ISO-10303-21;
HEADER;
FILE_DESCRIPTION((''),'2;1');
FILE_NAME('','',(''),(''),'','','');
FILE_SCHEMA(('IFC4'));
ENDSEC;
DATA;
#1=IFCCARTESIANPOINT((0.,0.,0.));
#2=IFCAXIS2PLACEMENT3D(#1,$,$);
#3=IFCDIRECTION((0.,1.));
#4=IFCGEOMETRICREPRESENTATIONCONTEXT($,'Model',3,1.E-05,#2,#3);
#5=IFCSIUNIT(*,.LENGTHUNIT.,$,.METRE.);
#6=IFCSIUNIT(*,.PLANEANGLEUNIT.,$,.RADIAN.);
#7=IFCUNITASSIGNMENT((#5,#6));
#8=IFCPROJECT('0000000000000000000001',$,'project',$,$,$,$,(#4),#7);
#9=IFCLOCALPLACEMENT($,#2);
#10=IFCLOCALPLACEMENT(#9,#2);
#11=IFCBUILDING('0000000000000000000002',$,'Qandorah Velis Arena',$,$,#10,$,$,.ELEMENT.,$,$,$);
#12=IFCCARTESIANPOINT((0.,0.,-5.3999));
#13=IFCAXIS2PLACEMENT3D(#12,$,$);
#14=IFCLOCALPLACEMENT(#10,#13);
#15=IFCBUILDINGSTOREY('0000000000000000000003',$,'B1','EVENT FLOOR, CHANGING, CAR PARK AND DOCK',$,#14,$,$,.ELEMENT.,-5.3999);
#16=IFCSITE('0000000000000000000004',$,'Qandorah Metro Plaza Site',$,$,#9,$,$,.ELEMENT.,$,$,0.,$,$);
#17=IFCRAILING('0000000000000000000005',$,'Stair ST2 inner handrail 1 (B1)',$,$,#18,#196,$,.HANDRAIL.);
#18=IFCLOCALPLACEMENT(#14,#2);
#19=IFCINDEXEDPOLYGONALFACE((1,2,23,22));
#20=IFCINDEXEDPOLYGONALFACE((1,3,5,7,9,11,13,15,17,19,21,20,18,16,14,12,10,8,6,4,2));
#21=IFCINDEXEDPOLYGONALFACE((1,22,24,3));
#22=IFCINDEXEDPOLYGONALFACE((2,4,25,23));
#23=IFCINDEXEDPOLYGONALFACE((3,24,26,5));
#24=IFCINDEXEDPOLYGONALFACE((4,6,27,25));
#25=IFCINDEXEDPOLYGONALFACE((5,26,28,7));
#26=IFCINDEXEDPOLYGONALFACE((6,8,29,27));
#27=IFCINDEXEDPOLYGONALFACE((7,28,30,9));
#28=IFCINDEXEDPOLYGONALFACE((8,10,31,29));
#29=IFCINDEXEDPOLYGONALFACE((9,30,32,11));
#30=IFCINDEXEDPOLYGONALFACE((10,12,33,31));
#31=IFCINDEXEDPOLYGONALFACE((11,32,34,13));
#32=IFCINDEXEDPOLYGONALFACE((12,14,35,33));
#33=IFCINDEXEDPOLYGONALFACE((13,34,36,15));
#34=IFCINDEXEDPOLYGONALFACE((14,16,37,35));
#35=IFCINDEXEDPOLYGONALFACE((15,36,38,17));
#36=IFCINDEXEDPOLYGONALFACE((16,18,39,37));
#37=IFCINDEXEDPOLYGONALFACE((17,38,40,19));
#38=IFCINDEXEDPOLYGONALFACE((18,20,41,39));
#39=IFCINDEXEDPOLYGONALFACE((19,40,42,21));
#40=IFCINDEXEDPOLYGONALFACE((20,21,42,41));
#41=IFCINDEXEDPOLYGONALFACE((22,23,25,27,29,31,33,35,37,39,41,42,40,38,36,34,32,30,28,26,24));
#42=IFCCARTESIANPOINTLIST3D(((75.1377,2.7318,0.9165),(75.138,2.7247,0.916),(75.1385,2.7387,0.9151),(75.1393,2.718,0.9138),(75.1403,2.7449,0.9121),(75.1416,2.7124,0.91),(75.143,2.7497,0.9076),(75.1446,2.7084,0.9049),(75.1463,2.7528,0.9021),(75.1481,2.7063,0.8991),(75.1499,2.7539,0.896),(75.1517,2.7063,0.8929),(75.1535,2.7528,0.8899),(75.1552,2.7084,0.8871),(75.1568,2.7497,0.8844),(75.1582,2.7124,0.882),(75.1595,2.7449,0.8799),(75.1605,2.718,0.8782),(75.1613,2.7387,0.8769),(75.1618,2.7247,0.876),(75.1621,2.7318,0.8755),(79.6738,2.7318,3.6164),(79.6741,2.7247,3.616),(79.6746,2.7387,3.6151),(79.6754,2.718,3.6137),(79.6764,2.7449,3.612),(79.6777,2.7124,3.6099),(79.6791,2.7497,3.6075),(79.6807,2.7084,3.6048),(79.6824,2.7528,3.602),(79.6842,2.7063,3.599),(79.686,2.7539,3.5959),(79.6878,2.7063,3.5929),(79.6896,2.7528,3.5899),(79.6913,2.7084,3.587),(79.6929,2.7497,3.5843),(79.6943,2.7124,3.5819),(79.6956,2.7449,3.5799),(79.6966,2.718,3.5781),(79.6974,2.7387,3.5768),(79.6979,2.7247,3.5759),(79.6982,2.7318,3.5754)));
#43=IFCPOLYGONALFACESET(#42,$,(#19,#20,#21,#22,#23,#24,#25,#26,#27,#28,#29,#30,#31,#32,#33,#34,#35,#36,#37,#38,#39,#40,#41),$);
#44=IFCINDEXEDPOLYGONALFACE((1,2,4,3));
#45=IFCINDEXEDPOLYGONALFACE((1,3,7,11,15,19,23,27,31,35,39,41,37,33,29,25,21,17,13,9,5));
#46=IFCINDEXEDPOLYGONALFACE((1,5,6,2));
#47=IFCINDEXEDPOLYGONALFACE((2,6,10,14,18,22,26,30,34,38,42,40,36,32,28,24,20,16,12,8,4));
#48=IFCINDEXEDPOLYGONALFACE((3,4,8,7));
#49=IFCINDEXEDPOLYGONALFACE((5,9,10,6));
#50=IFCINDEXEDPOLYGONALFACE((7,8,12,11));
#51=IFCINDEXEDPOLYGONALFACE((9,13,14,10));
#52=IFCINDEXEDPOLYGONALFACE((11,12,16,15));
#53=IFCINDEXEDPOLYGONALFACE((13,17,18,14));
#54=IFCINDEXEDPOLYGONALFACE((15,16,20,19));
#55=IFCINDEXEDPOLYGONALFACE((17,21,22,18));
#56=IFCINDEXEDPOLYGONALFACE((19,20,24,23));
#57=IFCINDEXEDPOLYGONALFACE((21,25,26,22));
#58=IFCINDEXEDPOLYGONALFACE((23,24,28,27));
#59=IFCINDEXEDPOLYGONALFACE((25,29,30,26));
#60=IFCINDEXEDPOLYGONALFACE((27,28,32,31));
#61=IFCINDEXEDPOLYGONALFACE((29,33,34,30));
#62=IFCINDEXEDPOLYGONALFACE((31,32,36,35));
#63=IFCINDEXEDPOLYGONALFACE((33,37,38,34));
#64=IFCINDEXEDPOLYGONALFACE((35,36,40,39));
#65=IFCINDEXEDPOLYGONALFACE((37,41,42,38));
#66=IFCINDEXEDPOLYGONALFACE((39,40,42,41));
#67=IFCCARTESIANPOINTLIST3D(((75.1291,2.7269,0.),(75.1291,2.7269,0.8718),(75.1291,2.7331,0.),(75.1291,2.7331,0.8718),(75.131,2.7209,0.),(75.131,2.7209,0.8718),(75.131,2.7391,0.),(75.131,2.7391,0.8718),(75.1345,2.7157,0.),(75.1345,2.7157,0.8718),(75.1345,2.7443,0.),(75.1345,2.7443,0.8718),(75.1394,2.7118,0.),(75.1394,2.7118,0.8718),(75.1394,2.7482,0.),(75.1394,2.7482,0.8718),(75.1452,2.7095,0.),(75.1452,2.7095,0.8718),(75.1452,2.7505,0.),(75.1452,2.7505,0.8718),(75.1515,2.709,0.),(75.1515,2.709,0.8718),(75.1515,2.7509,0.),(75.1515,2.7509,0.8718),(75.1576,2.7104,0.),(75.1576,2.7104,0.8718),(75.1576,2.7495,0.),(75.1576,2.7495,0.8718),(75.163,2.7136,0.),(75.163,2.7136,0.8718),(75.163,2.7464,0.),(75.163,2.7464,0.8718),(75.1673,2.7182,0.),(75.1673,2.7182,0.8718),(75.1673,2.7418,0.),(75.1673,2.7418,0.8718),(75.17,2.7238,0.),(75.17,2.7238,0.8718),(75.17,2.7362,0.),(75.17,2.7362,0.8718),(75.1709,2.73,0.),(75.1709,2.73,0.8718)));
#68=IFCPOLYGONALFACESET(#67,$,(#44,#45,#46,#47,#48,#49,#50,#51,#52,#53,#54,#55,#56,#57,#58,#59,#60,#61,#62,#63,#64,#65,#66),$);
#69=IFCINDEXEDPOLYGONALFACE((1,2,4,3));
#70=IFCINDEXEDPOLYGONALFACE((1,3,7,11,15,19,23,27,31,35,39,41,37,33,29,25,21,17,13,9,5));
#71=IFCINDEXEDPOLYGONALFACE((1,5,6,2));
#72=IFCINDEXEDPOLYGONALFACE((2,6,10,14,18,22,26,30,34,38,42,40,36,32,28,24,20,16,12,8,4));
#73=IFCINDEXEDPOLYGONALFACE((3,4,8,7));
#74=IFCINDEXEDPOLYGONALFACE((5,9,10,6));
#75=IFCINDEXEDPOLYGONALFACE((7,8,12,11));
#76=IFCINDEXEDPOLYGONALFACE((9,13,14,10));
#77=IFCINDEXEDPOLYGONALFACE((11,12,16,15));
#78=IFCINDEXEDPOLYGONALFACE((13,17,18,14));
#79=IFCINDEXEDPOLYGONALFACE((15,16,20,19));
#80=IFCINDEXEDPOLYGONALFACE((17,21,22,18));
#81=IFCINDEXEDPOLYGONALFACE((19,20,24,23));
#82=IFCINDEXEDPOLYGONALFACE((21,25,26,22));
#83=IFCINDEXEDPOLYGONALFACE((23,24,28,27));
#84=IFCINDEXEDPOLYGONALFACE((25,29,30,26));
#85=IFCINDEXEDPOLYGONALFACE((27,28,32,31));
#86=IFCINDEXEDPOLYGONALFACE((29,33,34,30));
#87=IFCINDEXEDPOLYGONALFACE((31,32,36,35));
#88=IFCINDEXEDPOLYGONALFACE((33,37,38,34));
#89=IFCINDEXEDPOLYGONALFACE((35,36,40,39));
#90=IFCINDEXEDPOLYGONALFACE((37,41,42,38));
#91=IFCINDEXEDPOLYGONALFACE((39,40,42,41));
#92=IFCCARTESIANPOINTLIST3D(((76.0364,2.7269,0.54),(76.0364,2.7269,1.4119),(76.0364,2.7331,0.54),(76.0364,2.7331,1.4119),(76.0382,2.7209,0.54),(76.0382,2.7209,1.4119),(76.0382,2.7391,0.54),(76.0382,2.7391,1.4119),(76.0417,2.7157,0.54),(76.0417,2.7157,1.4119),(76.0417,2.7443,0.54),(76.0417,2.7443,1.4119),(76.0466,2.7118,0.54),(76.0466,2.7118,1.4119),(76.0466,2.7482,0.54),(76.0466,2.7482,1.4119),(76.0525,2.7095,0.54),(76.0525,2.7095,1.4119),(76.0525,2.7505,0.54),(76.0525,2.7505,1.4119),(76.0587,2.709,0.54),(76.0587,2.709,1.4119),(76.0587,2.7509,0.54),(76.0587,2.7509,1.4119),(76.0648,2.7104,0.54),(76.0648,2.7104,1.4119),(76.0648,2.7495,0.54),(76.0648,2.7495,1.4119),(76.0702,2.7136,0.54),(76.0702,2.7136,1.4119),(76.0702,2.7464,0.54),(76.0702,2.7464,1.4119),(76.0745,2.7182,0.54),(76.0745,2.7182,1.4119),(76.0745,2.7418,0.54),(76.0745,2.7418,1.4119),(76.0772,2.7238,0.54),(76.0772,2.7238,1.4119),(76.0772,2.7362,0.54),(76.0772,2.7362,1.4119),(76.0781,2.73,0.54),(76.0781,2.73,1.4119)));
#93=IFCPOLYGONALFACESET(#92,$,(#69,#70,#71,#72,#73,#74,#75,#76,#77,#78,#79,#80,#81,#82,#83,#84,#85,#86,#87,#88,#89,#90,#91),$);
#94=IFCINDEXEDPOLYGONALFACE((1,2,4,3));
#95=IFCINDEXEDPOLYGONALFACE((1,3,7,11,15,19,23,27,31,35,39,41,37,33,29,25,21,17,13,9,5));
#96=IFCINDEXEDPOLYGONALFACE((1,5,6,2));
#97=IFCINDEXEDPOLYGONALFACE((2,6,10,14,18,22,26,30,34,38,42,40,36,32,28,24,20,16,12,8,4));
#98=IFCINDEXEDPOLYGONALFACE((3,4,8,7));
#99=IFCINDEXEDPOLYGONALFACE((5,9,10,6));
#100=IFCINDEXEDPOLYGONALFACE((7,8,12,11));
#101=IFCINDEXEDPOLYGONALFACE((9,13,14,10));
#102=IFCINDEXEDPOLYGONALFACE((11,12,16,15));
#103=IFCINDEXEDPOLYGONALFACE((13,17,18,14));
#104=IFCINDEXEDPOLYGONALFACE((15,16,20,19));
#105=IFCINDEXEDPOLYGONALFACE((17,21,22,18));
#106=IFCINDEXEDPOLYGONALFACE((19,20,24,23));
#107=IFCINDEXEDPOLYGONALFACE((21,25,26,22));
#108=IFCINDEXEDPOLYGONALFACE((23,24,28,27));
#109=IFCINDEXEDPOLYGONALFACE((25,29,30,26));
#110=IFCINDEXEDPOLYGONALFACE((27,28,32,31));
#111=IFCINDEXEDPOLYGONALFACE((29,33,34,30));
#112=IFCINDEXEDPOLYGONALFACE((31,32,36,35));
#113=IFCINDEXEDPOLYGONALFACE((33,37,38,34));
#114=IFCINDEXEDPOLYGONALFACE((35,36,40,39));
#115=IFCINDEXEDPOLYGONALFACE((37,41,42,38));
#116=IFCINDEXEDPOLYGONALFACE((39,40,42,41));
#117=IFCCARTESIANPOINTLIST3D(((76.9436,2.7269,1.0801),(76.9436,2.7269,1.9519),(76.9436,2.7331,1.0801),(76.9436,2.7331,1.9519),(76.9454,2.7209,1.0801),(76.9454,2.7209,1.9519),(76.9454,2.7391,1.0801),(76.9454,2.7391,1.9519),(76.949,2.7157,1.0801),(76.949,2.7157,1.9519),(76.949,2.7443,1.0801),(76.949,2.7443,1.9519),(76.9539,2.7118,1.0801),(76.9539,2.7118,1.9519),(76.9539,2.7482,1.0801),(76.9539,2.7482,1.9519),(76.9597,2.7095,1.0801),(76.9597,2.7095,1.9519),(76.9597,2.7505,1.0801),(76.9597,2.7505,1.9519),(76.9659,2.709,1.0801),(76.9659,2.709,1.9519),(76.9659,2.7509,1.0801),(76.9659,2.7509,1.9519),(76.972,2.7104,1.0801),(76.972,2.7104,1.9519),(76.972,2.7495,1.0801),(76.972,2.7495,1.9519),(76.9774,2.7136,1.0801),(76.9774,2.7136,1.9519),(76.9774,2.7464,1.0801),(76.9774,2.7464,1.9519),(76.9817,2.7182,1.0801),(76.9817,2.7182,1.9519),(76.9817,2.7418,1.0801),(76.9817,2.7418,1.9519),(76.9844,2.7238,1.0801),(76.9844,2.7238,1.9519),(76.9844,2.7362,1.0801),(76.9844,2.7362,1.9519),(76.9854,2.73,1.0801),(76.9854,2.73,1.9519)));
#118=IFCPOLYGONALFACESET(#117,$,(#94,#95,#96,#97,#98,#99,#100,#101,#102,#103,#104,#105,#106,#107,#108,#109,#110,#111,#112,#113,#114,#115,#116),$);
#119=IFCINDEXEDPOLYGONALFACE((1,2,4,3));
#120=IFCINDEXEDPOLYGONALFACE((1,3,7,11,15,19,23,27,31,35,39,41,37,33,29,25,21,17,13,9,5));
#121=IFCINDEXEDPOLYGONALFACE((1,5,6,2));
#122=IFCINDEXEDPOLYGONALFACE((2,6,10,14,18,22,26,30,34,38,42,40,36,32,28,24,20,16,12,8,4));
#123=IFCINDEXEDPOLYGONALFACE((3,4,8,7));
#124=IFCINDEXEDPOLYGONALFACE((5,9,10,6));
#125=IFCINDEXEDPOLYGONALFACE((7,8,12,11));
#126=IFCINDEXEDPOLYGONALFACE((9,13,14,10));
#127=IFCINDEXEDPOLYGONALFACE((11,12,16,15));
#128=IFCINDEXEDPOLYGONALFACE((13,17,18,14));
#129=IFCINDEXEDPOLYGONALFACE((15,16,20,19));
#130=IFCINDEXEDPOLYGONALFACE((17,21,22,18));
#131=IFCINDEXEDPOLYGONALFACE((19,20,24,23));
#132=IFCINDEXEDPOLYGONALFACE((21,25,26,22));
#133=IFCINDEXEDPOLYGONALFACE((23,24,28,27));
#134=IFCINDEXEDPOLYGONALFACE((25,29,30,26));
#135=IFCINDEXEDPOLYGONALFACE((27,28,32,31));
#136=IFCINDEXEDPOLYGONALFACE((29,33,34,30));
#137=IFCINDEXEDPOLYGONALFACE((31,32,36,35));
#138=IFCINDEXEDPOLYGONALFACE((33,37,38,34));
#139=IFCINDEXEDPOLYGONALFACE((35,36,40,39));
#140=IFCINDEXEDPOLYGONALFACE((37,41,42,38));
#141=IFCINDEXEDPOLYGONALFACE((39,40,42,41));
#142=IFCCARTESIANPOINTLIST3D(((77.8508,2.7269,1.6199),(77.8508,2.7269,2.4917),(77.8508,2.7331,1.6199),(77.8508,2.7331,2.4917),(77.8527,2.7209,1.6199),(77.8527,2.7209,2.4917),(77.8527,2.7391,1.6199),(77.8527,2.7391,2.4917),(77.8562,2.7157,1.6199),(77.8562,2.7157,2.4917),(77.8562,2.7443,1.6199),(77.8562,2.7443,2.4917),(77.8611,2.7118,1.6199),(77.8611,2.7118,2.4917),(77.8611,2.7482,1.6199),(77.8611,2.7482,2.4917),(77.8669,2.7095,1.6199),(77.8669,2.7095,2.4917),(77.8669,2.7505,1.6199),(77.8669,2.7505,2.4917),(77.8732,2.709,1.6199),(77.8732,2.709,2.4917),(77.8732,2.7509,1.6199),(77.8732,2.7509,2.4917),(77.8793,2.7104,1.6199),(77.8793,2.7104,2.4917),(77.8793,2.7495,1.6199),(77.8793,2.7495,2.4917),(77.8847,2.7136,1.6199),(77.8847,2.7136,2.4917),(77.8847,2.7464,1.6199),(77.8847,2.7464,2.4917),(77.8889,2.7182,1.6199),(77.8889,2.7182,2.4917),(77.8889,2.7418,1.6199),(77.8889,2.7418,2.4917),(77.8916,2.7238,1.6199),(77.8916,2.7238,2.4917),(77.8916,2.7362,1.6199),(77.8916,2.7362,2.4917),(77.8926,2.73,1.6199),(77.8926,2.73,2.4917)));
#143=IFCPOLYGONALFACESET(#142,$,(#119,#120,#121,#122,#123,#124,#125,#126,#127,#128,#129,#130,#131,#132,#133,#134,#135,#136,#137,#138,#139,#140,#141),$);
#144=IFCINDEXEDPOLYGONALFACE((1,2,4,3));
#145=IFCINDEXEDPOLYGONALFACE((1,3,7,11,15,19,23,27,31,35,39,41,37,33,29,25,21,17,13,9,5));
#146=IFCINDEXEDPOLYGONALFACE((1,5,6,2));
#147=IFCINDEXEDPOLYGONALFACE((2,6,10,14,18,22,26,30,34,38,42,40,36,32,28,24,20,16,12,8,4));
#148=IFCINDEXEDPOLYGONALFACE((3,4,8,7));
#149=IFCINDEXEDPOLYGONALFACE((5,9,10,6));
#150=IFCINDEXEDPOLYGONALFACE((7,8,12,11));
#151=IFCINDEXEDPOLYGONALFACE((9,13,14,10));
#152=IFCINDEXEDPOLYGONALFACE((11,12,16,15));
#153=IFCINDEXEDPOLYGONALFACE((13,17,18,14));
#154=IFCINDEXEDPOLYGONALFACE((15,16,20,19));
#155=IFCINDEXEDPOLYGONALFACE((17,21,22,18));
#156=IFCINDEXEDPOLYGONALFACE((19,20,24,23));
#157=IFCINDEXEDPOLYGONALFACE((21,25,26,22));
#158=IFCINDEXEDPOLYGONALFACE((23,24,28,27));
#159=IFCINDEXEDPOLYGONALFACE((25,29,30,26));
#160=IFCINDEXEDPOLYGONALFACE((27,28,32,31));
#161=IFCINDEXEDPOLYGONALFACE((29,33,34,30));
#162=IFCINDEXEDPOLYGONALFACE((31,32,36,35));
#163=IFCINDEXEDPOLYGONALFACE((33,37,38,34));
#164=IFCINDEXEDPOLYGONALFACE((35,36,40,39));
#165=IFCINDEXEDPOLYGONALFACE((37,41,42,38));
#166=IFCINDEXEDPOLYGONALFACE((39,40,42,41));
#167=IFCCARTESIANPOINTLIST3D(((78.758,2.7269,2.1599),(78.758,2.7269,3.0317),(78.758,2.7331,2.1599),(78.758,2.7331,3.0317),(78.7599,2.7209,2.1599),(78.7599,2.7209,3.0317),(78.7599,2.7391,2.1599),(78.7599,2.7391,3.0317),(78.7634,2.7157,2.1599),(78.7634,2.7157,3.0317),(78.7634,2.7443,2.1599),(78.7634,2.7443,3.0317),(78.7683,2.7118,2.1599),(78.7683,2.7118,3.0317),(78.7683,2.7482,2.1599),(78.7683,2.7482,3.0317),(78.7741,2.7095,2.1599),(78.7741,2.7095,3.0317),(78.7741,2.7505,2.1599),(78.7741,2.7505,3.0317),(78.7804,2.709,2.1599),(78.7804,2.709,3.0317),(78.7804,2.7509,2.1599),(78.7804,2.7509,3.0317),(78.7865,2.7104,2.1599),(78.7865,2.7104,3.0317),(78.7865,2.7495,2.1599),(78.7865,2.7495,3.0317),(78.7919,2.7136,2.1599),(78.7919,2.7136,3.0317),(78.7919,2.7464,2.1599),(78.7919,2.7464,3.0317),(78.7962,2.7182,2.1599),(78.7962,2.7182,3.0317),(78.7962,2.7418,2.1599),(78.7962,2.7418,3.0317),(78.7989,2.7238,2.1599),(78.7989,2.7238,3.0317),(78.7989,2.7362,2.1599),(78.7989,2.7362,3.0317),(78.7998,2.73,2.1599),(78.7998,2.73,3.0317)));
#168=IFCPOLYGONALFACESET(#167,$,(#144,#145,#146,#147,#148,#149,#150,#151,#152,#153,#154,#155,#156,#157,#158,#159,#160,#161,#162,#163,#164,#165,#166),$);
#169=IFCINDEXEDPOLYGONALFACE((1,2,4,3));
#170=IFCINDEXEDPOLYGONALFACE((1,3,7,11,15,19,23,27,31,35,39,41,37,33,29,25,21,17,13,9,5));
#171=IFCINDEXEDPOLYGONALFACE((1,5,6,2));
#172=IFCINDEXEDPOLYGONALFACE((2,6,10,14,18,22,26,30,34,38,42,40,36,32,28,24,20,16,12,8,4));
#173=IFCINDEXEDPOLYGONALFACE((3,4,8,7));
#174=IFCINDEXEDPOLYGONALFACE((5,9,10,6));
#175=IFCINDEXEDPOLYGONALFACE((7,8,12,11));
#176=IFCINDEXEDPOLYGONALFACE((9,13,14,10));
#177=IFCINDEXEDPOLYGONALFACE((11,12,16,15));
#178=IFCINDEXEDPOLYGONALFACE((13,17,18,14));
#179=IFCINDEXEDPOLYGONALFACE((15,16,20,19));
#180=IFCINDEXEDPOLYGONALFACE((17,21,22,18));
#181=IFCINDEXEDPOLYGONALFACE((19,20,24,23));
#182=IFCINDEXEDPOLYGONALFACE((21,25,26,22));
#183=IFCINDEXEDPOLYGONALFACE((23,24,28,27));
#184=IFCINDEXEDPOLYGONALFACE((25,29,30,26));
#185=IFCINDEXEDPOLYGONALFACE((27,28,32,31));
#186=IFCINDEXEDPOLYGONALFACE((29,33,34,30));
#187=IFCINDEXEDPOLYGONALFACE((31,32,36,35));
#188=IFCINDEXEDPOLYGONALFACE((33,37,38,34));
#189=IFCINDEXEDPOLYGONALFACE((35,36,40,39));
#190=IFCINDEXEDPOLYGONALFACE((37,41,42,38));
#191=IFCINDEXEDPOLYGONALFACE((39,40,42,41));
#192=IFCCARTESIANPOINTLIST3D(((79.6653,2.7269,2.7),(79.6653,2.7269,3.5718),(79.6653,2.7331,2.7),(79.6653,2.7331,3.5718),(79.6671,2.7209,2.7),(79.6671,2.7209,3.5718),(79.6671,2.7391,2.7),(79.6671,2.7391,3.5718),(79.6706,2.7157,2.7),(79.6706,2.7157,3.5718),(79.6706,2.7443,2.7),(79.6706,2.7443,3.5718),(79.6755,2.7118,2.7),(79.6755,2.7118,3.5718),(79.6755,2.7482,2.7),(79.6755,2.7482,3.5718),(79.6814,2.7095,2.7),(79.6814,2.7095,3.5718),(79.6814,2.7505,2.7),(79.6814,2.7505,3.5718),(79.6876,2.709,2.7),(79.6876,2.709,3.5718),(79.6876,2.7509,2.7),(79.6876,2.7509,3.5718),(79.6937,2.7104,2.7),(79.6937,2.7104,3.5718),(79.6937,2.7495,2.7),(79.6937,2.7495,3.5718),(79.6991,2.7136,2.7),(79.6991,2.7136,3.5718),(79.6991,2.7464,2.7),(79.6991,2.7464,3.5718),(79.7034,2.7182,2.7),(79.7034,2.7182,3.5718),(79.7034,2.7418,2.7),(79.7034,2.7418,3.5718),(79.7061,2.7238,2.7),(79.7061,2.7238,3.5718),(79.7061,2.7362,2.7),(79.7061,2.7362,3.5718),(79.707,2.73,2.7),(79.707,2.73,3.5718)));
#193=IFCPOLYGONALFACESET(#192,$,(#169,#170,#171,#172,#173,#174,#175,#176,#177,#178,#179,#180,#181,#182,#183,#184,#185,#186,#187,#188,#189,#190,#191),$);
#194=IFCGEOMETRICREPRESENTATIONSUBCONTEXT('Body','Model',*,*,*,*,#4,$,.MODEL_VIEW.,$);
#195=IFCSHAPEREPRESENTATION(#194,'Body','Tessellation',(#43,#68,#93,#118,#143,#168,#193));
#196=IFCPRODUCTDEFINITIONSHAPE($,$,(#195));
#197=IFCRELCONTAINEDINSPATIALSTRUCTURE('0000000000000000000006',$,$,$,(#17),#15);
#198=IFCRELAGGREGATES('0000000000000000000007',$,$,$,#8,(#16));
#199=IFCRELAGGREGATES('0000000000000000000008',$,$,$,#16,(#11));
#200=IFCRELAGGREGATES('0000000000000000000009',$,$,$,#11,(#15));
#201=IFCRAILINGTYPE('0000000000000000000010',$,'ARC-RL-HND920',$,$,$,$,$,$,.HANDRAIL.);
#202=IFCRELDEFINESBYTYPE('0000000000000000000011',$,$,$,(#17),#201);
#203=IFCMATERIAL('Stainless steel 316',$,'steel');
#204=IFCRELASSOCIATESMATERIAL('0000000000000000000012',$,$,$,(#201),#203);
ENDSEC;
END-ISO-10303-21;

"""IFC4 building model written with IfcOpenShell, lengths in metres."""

from ifc_helpers import new_model, si_unit, direction, frame, origin, origin_2d, place, context, subcontext, project, spatial, circle, extrude, material, type_object, element, save


model = new_model("IFC4")

# Units and contexts
model_context = context("Model", 3, precision=1e-05, world=origin(), true_north=direction((0.0, 1.0)))
body_context = subcontext(model_context, "Body", "Model", "MODEL_VIEW")
ifc_project = project(units=[si_unit("LENGTHUNIT", "METRE"), si_unit("PLANEANGLEUNIT", "RADIAN")], contexts=[model_context])

# Site, building, storey
site_placement = place(None, origin())
site = spatial("IfcSite", under=ifc_project, at=site_placement, Name="Qandorah Metro Plaza Site", CompositionType="ELEMENT", RefElevation=0.0)
building_placement = place(site_placement, origin())
building = spatial("IfcBuilding", under=site, at=building_placement, Name="Qandorah Velis Arena", CompositionType="ELEMENT")
storey_placement = place(building_placement, frame((0.0, 0.0, -5.3999)))
storey = spatial("IfcBuildingStorey", under=building, at=storey_placement, Name="B1", Description="EVENT FLOOR, CHANGING, CAR PARK AND DOCK", CompositionType="ELEMENT", Elevation=-5.3999)

# Railing
ifc_material_1 = material(Name="Stainless steel 316", Category="steel")
railing_type_1 = type_object("IfcRailingType", Name="ARC-RL-HND920", PredefinedType="HANDRAIL", material=ifc_material_1)
railing_1_placement = place(storey_placement, frame((75.1499, 2.73, 0.0)))
element("IfcRailing", 1, at=railing_1_placement, inside=storey, type_object=railing_type_1, Name="Stair ST2 inner handrail 1 (B1)", PredefinedType="HANDRAIL", context=body_context, shape_type="SweptSolid", body=[
    extrude(circle(Radius=0.0239, at=origin_2d()), frame((0.0, 0.0, 0.896), z_axis=(0.859304, 0.0, 0.511466), x_axis=(0.0, 1.0, 0.0)), (0.0, 0.0, 1.0), 5.2788),
    extrude(circle(Radius=0.021, at=origin_2d()), origin(), (0.0, 0.0, 1.0), 0.8718),
    extrude(circle(Radius=0.021, at=origin_2d()), frame((0.9072, 0.0, 0.54)), (0.0, 0.0, 1.0), 0.8718),
    extrude(circle(Radius=0.021, at=origin_2d()), frame((1.8145, 0.0, 1.0801)), (0.0, 0.0, 1.0), 0.8718),
    extrude(circle(Radius=0.021, at=origin_2d()), frame((2.7217, 0.0, 1.6199)), (0.0, 0.0, 1.0), 0.8718),
    extrude(circle(Radius=0.021, at=origin_2d()), frame((3.6289, 0.0, 2.1599)), (0.0, 0.0, 1.0), 0.8718),
    extrude(circle(Radius=0.021, at=origin_2d()), frame((4.5361, 0.0, 2.7)), (0.0, 0.0, 1.0), 0.8718),
])

save(model, "model.ifc")
